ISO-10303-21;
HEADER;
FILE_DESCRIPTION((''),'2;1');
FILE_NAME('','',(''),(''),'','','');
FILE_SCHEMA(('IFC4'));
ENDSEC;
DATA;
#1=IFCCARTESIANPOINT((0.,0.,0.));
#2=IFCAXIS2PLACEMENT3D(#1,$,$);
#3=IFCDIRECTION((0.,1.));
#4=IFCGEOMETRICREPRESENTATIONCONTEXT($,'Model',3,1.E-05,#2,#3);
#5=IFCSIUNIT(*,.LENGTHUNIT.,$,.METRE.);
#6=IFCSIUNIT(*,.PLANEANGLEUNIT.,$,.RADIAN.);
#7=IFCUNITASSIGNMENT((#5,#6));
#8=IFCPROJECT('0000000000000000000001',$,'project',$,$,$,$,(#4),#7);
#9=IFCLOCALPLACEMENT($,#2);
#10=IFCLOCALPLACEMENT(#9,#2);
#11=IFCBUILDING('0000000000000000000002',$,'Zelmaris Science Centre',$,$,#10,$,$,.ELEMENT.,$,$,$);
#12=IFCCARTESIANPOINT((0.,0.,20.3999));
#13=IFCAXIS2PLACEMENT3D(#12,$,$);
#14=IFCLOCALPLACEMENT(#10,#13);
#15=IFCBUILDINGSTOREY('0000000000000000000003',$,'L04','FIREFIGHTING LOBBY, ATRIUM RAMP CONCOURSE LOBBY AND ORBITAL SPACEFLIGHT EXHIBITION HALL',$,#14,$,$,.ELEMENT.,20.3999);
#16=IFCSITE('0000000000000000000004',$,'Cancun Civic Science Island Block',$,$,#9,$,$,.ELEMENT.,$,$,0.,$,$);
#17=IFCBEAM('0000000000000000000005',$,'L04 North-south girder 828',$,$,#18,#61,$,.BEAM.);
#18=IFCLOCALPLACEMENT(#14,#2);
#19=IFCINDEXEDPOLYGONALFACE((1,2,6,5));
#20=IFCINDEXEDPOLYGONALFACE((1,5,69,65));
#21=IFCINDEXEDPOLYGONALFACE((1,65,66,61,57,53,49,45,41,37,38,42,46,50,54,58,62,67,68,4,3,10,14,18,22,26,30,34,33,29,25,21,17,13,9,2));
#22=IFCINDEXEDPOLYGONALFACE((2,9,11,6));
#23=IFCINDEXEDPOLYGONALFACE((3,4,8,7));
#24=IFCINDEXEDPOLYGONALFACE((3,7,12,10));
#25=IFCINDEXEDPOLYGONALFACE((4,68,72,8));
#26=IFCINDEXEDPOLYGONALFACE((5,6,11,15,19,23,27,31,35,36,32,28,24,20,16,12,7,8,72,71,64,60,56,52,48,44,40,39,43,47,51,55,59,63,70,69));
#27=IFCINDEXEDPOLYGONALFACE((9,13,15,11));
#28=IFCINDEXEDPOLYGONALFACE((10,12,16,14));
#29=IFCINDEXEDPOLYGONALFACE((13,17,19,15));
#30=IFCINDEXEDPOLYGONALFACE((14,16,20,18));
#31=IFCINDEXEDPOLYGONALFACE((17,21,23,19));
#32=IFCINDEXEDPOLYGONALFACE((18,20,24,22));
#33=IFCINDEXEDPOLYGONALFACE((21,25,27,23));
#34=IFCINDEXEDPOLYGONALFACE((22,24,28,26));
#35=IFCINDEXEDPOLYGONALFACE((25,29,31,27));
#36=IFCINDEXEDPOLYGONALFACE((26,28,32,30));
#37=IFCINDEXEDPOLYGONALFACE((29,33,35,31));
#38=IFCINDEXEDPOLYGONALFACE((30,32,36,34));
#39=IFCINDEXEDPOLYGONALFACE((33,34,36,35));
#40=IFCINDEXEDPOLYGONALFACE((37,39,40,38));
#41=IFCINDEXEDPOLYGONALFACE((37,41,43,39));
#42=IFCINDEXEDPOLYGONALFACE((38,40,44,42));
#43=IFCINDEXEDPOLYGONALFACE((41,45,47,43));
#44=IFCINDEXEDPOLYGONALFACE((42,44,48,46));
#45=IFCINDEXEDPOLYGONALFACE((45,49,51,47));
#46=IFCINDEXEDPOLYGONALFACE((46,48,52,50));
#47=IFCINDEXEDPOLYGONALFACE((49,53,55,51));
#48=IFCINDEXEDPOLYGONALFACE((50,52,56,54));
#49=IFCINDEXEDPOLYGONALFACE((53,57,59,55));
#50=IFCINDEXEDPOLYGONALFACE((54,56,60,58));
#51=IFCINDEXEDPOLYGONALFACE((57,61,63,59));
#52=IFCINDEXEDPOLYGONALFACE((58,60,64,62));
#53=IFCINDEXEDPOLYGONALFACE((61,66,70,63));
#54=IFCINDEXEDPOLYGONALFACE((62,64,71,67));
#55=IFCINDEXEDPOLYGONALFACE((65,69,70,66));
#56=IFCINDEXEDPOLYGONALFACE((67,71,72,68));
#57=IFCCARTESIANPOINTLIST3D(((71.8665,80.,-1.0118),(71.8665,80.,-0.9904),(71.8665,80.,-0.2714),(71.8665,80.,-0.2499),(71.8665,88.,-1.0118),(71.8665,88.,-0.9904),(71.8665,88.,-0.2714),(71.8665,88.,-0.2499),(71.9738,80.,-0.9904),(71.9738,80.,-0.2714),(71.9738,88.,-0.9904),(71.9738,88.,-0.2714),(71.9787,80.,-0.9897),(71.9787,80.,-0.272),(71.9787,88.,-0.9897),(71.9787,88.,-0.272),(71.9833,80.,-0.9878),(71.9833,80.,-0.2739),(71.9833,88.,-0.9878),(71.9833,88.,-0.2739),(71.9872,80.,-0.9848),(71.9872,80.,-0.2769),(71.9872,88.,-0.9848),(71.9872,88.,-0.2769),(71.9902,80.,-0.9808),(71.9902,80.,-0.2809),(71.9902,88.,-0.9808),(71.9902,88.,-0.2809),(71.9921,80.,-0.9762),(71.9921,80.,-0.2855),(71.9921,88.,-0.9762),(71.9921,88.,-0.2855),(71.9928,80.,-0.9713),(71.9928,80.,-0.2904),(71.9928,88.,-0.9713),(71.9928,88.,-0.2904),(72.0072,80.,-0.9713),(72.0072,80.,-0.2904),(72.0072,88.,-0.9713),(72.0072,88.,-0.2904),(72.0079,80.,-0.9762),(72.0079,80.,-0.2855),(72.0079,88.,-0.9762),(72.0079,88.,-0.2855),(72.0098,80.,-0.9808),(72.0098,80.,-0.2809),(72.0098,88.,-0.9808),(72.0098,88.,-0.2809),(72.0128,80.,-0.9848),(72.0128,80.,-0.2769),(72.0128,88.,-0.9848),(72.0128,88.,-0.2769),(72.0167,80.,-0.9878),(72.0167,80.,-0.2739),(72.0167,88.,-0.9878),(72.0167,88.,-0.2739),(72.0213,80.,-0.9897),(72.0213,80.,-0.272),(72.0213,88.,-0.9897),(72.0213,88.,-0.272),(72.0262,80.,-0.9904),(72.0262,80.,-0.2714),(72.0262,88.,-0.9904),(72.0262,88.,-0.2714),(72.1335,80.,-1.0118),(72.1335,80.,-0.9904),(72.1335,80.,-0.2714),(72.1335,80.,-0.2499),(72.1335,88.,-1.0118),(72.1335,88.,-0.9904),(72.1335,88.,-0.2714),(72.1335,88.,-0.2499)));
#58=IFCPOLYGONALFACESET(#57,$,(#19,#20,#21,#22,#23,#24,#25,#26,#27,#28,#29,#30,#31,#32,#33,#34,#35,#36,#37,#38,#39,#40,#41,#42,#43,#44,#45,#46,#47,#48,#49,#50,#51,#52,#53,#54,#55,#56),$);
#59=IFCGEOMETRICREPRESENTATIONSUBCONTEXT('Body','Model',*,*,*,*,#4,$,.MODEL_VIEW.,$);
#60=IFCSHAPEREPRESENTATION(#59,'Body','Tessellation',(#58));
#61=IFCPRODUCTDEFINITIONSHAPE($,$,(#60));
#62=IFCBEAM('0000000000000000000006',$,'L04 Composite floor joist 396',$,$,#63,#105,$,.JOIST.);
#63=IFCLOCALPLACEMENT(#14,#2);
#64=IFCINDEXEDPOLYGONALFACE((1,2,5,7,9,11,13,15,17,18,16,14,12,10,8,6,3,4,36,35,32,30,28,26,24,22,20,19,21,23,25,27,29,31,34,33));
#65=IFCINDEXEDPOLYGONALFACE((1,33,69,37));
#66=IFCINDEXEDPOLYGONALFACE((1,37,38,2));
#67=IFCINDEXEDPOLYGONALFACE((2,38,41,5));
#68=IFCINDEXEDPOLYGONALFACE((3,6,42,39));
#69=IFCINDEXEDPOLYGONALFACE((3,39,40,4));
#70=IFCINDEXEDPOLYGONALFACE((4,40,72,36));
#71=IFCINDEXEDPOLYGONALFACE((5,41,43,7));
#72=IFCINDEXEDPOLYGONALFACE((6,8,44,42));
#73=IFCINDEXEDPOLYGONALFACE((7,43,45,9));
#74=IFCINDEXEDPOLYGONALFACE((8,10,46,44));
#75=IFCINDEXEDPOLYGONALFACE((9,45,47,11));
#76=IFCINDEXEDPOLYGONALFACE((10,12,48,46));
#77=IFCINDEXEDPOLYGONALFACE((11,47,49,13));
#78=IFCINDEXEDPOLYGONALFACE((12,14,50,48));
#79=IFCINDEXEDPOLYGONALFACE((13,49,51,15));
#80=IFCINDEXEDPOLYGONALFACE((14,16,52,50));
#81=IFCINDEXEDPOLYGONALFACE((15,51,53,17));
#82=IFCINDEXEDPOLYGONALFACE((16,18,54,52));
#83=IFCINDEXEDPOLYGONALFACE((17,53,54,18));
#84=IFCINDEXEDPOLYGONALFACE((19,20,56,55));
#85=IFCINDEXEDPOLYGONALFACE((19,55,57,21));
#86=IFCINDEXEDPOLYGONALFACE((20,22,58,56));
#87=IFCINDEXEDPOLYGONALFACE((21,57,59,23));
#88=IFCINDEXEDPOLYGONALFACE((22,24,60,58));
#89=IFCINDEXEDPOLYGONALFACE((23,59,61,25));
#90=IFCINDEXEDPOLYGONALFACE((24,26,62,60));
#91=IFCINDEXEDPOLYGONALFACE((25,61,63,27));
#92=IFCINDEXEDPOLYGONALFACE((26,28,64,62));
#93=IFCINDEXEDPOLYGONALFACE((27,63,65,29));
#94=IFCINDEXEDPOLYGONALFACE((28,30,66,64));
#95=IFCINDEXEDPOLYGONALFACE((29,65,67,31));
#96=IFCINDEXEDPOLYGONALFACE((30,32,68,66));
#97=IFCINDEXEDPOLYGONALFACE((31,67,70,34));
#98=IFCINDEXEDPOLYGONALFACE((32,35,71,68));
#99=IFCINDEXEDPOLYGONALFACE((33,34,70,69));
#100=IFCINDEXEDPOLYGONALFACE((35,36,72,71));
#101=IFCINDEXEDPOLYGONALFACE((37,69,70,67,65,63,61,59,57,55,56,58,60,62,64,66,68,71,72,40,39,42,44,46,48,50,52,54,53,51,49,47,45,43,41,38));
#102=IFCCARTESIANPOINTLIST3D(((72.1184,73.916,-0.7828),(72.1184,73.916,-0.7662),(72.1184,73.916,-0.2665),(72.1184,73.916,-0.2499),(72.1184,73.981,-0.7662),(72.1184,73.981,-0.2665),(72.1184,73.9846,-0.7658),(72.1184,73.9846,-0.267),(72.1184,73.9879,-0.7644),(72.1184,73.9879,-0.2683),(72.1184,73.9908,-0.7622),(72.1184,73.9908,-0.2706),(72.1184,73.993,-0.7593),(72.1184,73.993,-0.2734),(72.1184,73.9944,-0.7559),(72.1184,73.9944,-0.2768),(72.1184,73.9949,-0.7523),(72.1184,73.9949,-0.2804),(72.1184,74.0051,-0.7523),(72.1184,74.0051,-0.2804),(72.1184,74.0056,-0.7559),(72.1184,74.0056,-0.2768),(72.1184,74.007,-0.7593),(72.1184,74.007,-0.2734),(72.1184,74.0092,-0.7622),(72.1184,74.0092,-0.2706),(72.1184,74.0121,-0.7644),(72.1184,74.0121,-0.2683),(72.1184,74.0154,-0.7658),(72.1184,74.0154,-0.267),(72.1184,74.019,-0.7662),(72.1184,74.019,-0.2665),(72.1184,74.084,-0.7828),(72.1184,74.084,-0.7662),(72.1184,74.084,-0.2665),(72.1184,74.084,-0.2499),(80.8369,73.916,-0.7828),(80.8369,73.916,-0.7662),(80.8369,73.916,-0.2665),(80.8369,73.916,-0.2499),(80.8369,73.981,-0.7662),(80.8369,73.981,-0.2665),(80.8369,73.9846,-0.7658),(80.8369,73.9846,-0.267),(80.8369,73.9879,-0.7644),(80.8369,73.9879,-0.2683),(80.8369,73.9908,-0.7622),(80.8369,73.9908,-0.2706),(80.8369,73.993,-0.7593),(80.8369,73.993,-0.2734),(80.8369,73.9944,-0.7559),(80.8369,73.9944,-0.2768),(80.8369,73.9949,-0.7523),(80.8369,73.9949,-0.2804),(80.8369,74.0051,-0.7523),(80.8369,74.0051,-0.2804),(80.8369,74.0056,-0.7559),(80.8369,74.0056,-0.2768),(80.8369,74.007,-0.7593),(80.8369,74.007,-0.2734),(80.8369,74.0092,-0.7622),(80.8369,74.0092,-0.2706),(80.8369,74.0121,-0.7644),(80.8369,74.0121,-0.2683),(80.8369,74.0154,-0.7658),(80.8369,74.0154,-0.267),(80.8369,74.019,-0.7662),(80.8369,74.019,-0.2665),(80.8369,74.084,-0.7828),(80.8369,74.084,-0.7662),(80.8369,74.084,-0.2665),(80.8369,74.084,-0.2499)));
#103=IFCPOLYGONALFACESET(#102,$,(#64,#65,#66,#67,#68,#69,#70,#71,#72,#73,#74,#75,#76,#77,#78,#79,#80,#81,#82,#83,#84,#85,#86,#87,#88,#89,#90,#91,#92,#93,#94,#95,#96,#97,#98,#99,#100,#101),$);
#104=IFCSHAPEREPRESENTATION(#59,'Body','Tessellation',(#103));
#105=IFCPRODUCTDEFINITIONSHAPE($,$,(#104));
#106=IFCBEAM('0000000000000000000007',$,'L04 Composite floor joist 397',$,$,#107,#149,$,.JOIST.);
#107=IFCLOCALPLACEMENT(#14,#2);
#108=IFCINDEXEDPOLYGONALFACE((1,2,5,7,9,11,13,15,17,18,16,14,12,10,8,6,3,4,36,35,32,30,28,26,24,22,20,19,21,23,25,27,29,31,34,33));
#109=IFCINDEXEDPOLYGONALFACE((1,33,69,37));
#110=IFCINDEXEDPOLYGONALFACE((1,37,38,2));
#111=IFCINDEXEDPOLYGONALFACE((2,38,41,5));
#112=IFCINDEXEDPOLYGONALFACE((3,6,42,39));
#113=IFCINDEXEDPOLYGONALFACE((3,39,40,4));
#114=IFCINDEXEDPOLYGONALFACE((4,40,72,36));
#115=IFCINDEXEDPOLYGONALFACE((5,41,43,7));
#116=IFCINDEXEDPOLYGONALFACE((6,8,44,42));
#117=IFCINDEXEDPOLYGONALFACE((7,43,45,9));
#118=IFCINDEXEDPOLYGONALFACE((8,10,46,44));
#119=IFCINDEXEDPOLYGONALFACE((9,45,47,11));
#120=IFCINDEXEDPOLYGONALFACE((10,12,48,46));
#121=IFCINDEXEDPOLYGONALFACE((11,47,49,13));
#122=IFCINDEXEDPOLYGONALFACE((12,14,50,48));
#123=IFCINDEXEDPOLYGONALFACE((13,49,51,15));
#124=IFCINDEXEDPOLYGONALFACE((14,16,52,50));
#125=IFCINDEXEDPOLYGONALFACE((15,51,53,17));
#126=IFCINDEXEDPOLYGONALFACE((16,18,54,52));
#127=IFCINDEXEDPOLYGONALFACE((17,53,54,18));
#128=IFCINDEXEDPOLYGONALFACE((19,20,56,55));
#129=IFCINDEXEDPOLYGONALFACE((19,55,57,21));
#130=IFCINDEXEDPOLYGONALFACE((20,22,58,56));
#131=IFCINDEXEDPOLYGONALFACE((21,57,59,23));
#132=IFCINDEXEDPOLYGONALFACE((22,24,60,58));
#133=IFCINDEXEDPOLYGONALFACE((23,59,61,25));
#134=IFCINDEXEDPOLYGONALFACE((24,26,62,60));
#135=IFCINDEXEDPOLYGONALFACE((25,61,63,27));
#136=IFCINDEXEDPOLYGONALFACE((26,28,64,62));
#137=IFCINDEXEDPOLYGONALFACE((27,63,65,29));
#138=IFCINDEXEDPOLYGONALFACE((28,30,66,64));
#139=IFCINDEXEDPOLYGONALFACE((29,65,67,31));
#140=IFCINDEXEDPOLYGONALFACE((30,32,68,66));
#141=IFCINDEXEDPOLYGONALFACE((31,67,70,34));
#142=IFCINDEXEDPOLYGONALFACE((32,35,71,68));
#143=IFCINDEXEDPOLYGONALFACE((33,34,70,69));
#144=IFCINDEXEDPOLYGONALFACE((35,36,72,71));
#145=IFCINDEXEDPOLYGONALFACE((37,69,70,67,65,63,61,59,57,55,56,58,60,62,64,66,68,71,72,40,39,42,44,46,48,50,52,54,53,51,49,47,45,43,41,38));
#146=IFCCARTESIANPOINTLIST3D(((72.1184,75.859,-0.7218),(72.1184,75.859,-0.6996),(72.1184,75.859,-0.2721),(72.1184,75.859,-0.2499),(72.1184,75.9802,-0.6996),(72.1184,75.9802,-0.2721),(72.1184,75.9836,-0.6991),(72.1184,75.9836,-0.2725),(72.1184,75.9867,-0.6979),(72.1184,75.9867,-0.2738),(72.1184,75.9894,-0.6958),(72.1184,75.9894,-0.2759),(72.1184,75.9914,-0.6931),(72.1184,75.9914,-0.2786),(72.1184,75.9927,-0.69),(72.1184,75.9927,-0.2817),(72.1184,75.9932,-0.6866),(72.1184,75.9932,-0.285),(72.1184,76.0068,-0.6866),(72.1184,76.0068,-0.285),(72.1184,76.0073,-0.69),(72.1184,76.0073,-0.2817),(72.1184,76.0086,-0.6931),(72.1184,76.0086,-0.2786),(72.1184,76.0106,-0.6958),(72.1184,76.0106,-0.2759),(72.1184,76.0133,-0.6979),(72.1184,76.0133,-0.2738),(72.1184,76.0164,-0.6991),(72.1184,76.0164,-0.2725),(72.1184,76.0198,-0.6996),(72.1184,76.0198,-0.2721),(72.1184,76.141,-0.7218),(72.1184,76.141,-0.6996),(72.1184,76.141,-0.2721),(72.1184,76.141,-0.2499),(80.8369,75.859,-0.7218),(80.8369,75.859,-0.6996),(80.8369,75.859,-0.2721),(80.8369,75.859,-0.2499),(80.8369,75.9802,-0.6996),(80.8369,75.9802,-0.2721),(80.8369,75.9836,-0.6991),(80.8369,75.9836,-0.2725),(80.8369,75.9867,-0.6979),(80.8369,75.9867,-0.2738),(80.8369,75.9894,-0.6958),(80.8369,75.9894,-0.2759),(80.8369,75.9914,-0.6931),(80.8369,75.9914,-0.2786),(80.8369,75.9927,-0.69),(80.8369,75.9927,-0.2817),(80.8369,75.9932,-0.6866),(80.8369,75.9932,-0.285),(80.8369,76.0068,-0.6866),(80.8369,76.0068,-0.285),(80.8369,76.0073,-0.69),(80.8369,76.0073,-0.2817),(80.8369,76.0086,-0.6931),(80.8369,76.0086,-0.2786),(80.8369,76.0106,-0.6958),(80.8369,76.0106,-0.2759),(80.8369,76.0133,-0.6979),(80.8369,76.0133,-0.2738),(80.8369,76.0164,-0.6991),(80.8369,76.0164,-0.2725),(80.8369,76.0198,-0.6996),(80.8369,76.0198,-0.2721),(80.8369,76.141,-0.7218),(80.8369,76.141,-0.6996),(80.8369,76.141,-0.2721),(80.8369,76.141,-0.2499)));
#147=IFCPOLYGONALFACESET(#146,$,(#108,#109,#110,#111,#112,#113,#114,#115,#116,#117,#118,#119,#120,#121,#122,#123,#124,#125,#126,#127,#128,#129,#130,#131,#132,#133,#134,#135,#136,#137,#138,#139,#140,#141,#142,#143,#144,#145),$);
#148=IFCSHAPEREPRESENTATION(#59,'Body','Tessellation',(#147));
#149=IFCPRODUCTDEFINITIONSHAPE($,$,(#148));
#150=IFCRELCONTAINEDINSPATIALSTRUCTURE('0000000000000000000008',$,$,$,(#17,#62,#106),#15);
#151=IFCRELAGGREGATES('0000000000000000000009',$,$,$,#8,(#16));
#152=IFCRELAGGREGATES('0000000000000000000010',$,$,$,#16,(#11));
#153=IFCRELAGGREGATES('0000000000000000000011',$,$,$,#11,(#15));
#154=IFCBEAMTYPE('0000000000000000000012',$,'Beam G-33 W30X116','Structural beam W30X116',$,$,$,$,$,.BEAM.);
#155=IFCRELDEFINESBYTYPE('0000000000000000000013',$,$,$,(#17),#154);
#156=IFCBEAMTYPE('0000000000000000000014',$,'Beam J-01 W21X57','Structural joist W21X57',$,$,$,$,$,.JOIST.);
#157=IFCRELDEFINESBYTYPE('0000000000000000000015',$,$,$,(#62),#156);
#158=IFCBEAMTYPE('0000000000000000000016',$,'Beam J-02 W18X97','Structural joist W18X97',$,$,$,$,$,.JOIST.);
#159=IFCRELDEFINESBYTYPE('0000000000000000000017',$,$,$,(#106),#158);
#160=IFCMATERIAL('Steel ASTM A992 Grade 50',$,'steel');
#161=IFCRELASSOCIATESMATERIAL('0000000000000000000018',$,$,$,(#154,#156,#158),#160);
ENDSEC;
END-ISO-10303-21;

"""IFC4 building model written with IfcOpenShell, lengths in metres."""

from ifc_helpers import new_model, si_unit, direction, frame, origin, origin_2d, place, context, subcontext, project, spatial, i_section, extrude, material, material_profile, profile_set, type_object, element, save


model = new_model("IFC4")

# Units and contexts
model_context = context("Model", 3, precision=1e-05, world=origin(), true_north=direction((0.0, 1.0)))
body_context = subcontext(model_context, "Body", "Model", "MODEL_VIEW")
ifc_project = project(units=[si_unit("LENGTHUNIT", "METRE"), si_unit("PLANEANGLEUNIT", "RADIAN")], contexts=[model_context])

# Site, building, storey
site_placement = place(None, origin())
site = spatial("IfcSite", under=ifc_project, at=site_placement, Name="Cancun Civic Science Island Block", CompositionType="ELEMENT", RefElevation=0.0)
building_placement = place(site_placement, origin())
building = spatial("IfcBuilding", under=site, at=building_placement, Name="Zelmaris Science Centre", CompositionType="ELEMENT")
storey_placement = place(building_placement, frame((0.0, 0.0, 20.3999)))
storey = spatial("IfcBuildingStorey", under=building, at=storey_placement, Name="L04", Description="FIREFIGHTING LOBBY, ATRIUM RAMP CONCOURSE LOBBY AND ORBITAL SPACEFLIGHT EXHIBITION HALL", CompositionType="ELEMENT", Elevation=20.3999)

# Shared definitions
ifc_material_1 = material(Name="Steel ASTM A992 Grade 50", Category="steel")

# Beams
ifc_material_profile_1 = material_profile(ifc_material_1, i_section(OverallWidth=0.2671, OverallDepth=0.762, WebThickness=0.0144, FlangeThickness=0.0215, FilletRadius=0.019, at=origin_2d()), Name="W30X116")
ifc_profile_set_1 = profile_set([ifc_material_profile_1], Name="Steel ASTM A992 Grade 50")
beam_type_1 = type_object("IfcBeamType", Name="Beam G-33 W30X116", Description="Structural beam W30X116", PredefinedType="BEAM", material=ifc_profile_set_1)
beam_1_placement = place(storey_placement, frame((72.0, 80.0, -0.6309), z_axis=(0.0, 1.0, 0.0), x_axis=(-1.0, 0.0, 0.0)))
element("IfcBeam", 1, at=beam_1_placement, inside=storey, type_object=beam_type_1, Name="L04 North-south girder 828", PredefinedType="BEAM", context=body_context, shape_type="SweptSolid", body=[
    extrude(i_section(OverallWidth=0.2671, OverallDepth=0.762, WebThickness=0.0144, FlangeThickness=0.0215, FilletRadius=0.019, at=origin_2d()), origin(), (0.0, 0.0, 1.0), 8.0),
])
ifc_material_profile_2 = material_profile(ifc_material_1, i_section(OverallWidth=0.168, OverallDepth=0.533, WebThickness=0.0103, FlangeThickness=0.0166, FilletRadius=0.0139, at=origin_2d()), Name="W21X57")
ifc_profile_set_2 = profile_set([ifc_material_profile_2], Name="Steel ASTM A992 Grade 50")
beam_type_2 = type_object("IfcBeamType", Name="Beam J-01 W21X57", Description="Structural joist W21X57", PredefinedType="JOIST", material=ifc_profile_set_2)
beam_2_placement = place(storey_placement, frame((72.1184, 74.0, -0.5164), z_axis=(1.0, 0.0, 0.0), x_axis=(0.0, 1.0, 0.0)))
element("IfcBeam", 2, at=beam_2_placement, inside=storey, type_object=beam_type_2, Name="L04 Composite floor joist 396", PredefinedType="JOIST", context=body_context, shape_type="SweptSolid", body=[
    extrude(i_section(OverallWidth=0.168, OverallDepth=0.533, WebThickness=0.0103, FlangeThickness=0.0166, FilletRadius=0.0139, at=origin_2d()), origin(), (0.0, 0.0, 1.0), 8.7185),
])
ifc_material_profile_3 = material_profile(ifc_material_1, i_section(OverallWidth=0.282, OverallDepth=0.4719, WebThickness=0.0137, FlangeThickness=0.0222, FilletRadius=0.0129, at=origin_2d()), Name="W18X97")
ifc_profile_set_3 = profile_set([ifc_material_profile_3], Name="Steel ASTM A992 Grade 50")
beam_type_3 = type_object("IfcBeamType", Name="Beam J-02 W18X97", Description="Structural joist W18X97", PredefinedType="JOIST", material=ifc_profile_set_3)
beam_3_placement = place(storey_placement, frame((72.1184, 76.0, -0.4858), z_axis=(1.0, 0.0, 0.0), x_axis=(0.0, 1.0, 0.0)))
element("IfcBeam", 3, at=beam_3_placement, inside=storey, type_object=beam_type_3, Name="L04 Composite floor joist 397", PredefinedType="JOIST", context=body_context, shape_type="SweptSolid", body=[
    extrude(i_section(OverallWidth=0.282, OverallDepth=0.4719, WebThickness=0.0137, FlangeThickness=0.0222, FilletRadius=0.0129, at=origin_2d()), origin(), (0.0, 0.0, 1.0), 8.7185),
])

save(model, "model.ifc")
